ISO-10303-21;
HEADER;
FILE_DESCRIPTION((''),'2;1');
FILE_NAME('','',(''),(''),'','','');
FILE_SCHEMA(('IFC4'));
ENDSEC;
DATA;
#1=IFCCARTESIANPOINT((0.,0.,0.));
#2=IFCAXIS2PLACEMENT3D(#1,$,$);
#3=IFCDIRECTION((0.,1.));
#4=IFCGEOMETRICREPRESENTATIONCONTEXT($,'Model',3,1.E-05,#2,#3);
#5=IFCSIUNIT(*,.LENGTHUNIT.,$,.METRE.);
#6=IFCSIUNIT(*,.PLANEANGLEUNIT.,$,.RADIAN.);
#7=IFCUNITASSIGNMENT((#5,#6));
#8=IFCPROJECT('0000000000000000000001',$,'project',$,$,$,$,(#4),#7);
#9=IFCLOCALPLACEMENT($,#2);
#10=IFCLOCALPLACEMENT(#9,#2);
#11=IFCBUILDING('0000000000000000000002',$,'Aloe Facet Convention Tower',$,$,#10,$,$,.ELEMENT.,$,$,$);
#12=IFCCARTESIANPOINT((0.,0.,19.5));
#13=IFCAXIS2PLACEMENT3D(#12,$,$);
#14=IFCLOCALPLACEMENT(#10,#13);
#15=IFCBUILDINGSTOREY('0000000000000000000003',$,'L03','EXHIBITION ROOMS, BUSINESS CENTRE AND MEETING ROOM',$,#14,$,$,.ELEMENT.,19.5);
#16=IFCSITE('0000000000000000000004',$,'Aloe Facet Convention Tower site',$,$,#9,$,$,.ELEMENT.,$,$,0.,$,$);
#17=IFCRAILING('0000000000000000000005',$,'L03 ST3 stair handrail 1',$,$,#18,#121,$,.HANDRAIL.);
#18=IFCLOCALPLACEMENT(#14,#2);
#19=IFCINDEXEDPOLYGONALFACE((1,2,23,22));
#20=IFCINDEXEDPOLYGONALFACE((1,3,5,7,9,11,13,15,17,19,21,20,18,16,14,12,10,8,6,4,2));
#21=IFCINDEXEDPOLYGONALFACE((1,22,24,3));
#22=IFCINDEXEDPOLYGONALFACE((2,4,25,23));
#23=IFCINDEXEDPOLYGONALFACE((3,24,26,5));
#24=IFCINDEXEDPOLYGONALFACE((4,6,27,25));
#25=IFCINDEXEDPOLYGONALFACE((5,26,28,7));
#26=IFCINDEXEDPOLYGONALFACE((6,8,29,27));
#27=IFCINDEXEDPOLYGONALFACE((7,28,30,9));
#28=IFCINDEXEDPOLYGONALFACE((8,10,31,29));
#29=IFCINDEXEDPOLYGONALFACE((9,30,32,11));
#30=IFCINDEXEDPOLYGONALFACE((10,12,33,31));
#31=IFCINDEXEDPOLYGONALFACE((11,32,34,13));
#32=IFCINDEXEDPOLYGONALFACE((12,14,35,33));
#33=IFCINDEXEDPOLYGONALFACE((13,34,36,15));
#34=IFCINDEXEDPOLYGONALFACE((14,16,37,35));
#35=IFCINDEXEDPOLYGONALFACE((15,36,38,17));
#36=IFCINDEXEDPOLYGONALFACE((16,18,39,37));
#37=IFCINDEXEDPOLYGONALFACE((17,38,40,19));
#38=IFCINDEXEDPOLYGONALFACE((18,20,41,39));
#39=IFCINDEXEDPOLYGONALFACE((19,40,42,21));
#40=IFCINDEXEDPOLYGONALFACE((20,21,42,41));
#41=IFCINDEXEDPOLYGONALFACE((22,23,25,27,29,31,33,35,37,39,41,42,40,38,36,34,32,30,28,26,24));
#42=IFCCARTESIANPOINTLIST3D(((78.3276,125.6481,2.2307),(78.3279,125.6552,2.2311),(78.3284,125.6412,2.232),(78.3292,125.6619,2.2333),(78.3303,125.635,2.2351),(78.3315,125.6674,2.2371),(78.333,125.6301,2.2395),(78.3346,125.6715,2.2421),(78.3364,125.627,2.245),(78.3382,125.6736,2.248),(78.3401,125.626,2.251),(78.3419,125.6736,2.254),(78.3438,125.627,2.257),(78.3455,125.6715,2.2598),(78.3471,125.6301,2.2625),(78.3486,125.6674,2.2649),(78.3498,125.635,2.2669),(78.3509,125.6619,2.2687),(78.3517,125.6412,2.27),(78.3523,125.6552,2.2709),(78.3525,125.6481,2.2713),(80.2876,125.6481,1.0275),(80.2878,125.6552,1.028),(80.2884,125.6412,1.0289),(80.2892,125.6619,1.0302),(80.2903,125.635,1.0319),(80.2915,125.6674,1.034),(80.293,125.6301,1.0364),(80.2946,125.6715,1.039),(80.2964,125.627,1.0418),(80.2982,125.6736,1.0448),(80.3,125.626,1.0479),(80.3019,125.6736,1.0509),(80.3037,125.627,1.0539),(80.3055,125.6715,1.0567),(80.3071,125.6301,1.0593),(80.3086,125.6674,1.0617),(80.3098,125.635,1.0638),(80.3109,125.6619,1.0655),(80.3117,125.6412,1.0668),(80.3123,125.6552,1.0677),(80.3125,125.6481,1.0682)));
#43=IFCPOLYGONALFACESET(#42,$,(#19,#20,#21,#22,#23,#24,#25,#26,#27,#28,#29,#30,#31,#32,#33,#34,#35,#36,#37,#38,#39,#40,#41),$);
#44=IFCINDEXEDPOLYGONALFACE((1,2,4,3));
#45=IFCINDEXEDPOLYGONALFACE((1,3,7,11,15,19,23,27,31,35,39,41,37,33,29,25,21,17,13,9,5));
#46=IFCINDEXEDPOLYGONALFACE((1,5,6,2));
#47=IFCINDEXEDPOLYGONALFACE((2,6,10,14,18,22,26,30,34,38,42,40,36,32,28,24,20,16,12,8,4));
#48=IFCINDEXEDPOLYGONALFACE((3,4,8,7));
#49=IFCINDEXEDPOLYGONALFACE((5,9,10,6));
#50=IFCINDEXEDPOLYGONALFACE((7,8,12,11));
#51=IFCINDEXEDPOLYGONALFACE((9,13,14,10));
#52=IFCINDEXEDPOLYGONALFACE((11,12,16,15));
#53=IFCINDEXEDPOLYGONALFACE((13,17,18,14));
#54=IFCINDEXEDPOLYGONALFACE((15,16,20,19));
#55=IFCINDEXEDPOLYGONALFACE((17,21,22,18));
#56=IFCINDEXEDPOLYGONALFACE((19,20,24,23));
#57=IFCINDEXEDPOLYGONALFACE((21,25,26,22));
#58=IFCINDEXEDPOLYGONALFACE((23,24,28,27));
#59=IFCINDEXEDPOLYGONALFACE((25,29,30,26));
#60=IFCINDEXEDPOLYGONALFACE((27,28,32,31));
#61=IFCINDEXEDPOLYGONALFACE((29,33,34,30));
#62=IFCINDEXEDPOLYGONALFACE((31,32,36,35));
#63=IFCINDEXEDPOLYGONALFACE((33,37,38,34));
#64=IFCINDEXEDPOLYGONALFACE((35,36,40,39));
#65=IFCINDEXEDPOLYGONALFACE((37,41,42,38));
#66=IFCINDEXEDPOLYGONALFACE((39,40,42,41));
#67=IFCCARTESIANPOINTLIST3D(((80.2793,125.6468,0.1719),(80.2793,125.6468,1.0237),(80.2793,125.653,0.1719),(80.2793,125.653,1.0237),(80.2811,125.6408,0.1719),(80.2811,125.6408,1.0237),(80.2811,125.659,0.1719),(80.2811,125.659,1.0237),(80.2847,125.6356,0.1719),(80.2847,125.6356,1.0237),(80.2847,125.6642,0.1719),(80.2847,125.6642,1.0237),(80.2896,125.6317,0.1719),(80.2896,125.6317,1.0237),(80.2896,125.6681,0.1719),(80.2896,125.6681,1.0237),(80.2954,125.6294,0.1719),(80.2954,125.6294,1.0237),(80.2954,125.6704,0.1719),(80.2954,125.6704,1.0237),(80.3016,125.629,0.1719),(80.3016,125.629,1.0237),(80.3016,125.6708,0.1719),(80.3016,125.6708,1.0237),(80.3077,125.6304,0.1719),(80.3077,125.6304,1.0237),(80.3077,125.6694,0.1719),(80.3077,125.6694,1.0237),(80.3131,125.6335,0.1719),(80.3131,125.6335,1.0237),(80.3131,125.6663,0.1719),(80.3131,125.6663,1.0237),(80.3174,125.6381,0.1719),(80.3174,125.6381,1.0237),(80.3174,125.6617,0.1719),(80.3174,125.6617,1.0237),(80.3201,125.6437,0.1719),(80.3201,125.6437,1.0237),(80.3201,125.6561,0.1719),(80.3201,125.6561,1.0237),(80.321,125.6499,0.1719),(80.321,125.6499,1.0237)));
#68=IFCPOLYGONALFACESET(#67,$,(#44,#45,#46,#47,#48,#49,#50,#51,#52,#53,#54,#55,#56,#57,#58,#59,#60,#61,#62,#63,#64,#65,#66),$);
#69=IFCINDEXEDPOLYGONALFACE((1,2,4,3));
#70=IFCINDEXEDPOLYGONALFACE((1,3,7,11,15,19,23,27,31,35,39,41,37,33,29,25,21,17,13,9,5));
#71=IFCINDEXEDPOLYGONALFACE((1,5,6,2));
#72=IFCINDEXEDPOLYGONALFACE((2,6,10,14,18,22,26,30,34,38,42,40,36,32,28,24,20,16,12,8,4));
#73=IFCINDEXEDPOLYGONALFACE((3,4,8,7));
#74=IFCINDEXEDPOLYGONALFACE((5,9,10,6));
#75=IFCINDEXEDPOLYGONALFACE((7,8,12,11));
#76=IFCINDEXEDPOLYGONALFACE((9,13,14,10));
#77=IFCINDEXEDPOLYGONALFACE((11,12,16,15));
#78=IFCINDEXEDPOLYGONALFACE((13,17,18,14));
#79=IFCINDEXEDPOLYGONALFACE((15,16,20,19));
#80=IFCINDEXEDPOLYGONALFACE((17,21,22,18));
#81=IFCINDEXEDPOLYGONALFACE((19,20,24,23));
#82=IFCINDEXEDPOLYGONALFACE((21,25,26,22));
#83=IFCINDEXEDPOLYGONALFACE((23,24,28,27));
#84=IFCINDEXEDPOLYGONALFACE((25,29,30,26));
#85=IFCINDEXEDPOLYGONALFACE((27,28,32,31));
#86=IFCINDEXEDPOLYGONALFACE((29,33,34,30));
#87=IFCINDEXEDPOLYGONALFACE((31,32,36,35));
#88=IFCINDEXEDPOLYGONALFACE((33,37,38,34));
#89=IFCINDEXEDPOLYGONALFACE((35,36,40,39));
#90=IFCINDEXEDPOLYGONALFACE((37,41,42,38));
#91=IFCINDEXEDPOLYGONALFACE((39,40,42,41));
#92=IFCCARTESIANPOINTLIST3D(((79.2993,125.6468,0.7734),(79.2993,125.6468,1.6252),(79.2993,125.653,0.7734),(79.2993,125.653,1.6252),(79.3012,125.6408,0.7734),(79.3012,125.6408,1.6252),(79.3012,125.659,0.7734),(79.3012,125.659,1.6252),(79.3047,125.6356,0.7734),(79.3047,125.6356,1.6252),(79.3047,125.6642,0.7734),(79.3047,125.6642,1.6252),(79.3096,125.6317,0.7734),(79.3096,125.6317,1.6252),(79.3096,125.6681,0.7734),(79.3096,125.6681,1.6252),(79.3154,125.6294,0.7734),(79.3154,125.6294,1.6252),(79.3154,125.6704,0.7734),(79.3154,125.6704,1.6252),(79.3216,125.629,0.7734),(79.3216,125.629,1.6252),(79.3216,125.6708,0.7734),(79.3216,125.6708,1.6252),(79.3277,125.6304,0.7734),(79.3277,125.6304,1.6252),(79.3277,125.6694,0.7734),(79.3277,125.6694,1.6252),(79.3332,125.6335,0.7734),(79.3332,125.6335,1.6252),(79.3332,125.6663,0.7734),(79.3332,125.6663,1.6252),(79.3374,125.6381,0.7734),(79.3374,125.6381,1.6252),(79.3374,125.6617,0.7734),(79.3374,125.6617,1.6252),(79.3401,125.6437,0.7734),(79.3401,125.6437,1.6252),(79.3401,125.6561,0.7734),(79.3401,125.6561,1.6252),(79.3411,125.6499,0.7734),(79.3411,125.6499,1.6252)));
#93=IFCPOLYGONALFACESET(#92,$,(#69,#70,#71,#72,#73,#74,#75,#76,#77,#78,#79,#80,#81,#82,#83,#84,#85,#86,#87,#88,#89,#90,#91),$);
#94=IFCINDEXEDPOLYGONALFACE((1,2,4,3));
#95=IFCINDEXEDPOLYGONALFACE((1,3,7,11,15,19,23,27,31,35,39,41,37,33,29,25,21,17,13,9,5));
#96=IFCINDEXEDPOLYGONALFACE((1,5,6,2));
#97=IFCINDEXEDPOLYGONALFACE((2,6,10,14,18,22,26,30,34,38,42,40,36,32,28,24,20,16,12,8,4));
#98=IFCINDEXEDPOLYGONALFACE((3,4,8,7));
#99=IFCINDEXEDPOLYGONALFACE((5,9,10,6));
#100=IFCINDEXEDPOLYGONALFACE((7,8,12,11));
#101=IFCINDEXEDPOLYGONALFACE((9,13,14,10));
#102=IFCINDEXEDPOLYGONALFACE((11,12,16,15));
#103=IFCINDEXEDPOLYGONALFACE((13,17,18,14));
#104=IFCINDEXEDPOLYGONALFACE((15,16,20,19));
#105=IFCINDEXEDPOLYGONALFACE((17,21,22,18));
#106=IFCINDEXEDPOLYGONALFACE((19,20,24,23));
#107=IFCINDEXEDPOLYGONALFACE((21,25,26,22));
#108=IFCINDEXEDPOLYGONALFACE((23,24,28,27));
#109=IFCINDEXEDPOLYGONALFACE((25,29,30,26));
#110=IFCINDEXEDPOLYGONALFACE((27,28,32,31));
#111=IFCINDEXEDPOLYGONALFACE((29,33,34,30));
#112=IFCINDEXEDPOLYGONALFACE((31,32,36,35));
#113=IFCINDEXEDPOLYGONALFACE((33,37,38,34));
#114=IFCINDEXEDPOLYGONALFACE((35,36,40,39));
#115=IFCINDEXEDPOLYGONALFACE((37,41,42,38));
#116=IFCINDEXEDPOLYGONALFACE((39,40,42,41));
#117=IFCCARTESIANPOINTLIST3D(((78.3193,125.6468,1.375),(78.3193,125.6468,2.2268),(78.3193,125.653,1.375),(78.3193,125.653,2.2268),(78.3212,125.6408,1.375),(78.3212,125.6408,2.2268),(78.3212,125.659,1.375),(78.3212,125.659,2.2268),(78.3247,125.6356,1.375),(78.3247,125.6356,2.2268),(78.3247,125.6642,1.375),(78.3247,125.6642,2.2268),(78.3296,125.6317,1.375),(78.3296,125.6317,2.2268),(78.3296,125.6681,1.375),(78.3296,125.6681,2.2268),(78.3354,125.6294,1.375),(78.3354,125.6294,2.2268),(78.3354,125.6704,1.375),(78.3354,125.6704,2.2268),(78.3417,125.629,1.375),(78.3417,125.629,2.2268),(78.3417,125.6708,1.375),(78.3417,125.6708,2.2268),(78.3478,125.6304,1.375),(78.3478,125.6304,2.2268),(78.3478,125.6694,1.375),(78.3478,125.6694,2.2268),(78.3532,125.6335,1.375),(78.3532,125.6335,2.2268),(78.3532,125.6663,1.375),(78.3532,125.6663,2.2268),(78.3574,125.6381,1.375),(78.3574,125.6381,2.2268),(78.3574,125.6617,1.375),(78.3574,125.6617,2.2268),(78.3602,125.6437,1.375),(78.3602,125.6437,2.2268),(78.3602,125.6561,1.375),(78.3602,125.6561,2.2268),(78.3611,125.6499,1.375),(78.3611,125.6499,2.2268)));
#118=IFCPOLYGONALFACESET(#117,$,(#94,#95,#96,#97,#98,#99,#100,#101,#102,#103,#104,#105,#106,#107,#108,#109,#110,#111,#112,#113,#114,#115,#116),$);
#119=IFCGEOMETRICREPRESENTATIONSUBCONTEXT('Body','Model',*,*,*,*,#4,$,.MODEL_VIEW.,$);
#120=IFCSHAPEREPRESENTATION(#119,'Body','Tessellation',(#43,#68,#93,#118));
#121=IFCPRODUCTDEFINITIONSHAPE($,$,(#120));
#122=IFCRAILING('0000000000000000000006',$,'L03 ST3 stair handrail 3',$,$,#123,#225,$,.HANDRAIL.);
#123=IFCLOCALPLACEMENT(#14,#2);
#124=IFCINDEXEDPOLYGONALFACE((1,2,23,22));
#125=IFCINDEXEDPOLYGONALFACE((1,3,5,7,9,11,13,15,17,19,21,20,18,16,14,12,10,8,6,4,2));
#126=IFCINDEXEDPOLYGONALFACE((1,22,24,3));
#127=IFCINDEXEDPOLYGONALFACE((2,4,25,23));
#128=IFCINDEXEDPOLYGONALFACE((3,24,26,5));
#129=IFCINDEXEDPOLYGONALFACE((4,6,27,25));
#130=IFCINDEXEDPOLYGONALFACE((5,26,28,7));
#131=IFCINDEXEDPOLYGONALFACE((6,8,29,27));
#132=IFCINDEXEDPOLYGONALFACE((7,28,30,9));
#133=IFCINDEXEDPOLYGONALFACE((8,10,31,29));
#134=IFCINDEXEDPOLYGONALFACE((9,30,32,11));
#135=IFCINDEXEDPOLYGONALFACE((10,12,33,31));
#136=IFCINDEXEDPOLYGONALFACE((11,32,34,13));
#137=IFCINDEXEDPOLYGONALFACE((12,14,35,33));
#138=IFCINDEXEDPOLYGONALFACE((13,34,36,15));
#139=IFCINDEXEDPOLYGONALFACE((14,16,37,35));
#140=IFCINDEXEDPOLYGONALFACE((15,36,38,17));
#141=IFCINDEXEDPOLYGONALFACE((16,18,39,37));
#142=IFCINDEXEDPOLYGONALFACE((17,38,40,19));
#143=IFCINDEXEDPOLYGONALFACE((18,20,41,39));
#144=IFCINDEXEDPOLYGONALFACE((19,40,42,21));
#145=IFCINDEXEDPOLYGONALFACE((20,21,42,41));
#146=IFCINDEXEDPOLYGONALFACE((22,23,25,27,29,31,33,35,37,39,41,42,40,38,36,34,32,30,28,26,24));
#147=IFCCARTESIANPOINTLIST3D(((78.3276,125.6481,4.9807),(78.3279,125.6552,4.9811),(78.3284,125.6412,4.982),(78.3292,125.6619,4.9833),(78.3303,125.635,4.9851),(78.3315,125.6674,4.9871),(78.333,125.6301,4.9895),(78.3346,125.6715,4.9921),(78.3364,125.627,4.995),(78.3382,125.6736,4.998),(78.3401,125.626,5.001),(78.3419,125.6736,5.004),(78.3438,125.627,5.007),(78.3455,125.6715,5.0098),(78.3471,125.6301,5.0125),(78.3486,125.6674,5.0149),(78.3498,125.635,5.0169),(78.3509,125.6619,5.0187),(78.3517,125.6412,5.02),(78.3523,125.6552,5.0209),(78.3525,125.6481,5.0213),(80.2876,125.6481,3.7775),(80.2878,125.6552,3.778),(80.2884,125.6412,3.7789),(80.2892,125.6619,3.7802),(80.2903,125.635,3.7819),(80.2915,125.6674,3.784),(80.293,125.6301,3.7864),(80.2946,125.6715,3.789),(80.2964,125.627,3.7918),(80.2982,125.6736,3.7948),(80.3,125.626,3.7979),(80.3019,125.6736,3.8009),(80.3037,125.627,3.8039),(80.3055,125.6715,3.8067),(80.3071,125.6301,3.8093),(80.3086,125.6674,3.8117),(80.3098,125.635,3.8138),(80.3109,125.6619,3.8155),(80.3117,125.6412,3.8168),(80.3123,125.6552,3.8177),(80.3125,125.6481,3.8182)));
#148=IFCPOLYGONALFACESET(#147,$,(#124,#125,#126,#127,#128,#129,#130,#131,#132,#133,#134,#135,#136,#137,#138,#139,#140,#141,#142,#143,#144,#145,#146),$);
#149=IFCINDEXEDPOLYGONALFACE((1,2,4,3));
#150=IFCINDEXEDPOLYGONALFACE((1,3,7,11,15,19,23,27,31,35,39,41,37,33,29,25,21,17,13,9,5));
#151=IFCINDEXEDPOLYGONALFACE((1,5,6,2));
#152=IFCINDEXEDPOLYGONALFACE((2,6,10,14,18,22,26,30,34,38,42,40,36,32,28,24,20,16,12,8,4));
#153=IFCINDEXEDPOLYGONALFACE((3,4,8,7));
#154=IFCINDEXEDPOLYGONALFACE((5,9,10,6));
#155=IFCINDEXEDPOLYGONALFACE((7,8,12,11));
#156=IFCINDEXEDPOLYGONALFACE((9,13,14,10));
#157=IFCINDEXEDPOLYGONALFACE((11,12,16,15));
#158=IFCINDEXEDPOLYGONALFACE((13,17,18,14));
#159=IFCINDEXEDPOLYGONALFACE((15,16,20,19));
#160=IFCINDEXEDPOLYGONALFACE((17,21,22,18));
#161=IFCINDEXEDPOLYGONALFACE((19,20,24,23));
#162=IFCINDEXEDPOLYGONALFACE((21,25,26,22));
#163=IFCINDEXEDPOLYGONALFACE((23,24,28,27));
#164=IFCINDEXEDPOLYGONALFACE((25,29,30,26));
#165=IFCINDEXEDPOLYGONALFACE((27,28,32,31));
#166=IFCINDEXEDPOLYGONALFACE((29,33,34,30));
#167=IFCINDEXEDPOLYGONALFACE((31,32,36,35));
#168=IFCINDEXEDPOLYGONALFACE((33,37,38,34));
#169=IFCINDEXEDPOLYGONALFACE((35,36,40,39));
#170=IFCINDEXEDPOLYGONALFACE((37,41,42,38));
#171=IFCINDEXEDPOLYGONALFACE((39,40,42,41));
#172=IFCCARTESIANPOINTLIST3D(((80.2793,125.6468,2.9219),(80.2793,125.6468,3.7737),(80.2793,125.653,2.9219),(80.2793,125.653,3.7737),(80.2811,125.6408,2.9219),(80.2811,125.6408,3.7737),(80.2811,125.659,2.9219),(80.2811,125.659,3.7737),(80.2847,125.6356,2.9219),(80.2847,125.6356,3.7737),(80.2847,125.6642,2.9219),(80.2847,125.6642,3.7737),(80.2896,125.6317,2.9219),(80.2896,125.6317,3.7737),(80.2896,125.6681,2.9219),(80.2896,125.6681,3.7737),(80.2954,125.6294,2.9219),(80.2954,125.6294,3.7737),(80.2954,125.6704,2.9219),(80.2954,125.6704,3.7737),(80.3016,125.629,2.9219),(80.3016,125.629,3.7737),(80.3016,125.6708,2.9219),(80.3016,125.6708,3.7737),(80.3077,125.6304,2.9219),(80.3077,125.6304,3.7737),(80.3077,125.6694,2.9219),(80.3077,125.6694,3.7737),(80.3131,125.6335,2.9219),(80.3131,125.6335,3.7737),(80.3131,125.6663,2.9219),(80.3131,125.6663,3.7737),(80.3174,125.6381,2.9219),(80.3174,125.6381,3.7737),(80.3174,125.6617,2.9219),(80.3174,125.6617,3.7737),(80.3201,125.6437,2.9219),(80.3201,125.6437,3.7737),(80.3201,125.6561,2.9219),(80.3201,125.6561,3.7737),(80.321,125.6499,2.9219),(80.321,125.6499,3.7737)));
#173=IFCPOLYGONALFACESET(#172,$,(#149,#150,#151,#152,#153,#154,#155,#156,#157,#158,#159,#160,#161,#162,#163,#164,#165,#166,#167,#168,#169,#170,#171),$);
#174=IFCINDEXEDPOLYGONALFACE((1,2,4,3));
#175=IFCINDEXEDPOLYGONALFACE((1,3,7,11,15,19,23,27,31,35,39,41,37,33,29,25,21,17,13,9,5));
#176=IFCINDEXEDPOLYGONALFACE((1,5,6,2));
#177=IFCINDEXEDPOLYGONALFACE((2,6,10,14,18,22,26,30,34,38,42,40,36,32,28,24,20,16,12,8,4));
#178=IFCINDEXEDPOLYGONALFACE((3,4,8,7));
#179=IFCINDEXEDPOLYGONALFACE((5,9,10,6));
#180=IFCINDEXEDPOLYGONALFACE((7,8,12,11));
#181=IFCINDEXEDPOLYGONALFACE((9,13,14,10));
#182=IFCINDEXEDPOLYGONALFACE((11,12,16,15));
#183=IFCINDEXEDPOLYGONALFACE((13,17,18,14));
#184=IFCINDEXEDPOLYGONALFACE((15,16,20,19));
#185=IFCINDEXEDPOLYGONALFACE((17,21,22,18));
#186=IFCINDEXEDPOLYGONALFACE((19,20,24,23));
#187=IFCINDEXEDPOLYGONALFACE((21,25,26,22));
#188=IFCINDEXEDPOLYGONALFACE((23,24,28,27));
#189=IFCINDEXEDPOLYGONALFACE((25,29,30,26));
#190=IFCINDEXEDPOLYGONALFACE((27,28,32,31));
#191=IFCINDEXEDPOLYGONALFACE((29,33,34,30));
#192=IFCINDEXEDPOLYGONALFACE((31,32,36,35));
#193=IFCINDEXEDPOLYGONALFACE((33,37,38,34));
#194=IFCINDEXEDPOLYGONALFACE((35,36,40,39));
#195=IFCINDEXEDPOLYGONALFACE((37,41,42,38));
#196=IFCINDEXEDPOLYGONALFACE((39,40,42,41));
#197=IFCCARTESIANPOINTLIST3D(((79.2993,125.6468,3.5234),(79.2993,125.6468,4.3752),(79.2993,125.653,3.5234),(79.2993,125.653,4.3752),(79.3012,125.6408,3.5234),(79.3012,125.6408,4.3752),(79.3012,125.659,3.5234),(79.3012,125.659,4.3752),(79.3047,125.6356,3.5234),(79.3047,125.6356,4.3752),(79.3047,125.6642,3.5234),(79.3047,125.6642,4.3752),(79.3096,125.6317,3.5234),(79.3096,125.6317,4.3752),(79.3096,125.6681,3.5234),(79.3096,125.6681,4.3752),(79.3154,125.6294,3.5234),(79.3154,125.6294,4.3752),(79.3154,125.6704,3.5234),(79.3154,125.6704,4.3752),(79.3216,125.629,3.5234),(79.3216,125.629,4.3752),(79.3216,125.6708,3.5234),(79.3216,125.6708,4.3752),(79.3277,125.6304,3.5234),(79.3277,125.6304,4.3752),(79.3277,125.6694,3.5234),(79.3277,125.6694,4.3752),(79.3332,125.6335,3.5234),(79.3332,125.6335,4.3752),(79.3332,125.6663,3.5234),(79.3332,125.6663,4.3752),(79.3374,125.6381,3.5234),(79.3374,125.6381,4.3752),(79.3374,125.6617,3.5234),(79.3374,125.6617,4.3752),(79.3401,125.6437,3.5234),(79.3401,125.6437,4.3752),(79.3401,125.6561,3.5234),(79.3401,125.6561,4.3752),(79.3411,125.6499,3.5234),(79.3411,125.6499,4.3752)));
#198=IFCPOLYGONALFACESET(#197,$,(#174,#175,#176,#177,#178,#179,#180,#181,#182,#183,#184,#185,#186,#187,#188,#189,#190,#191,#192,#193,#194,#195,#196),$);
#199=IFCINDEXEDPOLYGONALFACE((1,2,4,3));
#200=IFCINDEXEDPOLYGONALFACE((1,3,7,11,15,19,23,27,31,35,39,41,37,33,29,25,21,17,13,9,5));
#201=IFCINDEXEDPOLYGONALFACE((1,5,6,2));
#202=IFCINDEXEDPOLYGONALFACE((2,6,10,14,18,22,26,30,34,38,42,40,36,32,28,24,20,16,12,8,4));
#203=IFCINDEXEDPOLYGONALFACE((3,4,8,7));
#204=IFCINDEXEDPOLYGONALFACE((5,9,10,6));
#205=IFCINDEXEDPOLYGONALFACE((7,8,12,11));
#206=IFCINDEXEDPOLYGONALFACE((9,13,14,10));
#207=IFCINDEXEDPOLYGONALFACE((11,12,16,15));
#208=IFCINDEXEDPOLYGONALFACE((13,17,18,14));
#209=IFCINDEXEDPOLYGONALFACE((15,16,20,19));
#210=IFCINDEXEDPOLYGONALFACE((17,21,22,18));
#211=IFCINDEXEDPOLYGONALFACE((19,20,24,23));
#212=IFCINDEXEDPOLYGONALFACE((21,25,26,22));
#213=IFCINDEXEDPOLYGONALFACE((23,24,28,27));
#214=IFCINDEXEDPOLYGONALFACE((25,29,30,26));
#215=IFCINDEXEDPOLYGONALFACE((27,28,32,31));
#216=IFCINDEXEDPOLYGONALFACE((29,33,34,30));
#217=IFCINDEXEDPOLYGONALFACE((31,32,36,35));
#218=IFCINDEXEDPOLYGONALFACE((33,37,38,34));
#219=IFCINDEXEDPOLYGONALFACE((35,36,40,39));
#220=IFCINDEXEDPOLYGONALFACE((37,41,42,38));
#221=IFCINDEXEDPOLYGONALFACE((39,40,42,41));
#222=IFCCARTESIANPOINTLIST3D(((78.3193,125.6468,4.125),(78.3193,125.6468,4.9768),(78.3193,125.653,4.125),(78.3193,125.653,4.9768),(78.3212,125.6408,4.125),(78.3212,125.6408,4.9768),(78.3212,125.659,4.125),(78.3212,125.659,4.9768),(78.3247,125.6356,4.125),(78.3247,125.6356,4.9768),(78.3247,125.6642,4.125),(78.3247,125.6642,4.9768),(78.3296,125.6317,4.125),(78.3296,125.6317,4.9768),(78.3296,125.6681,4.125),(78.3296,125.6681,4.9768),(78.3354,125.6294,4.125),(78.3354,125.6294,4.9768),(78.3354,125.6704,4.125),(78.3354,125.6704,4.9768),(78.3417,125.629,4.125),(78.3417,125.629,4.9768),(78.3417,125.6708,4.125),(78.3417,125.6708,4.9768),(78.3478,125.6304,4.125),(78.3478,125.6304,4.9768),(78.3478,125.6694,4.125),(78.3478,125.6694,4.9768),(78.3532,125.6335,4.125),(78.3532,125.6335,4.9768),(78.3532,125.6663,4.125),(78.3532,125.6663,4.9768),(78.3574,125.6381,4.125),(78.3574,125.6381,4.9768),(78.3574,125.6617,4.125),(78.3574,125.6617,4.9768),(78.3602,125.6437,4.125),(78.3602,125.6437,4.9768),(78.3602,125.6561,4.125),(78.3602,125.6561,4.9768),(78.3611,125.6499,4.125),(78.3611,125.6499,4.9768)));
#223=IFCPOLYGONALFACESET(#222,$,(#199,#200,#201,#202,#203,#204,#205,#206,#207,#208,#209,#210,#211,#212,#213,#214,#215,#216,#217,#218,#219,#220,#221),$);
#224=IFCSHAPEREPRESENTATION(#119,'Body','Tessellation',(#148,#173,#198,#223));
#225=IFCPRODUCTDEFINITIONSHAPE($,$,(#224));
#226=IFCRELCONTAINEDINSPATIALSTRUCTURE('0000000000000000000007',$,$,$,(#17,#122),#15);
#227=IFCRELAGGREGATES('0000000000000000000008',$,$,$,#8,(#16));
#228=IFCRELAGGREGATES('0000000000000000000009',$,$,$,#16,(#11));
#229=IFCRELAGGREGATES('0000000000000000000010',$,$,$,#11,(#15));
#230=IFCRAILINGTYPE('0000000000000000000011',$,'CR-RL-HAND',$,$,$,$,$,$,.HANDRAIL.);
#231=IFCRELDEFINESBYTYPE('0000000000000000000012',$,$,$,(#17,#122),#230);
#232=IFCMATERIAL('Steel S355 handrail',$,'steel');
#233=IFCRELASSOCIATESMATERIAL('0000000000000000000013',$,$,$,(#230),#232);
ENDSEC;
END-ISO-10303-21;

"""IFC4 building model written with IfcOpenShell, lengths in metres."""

from ifc_helpers import new_model, si_unit, direction, frame, origin, origin_2d, place, context, subcontext, project, spatial, circle, extrude, material, type_object, element, save


model = new_model("IFC4")

# Units and contexts
model_context = context("Model", 3, precision=1e-05, world=origin(), true_north=direction((0.0, 1.0)))
body_context = subcontext(model_context, "Body", "Model", "MODEL_VIEW")
ifc_project = project(units=[si_unit("LENGTHUNIT", "METRE"), si_unit("PLANEANGLEUNIT", "RADIAN")], contexts=[model_context])

# Site, building, storey
site_placement = place(None, origin())
site = spatial("IfcSite", under=ifc_project, at=site_placement, Name="Aloe Facet Convention Tower site", CompositionType="ELEMENT", RefElevation=0.0)
building_placement = place(site_placement, origin())
building = spatial("IfcBuilding", under=site, at=building_placement, Name="Aloe Facet Convention Tower", CompositionType="ELEMENT")
storey_placement = place(building_placement, frame((0.0, 0.0, 19.5)))
storey = spatial("IfcBuildingStorey", under=building, at=storey_placement, Name="L03", Description="EXHIBITION ROOMS, BUSINESS CENTRE AND MEETING ROOM", CompositionType="ELEMENT", Elevation=19.5)

# Railings
ifc_material_1 = material(Name="Steel S355 handrail", Category="steel")
railing_type_1 = type_object("IfcRailingType", Name="CR-RL-HAND", PredefinedType="HANDRAIL", material=ifc_material_1)
for number, where, name in (
    (1, (80.3, 125.6499, 0.1719), "L03 ST3 stair handrail 1"),
    (2, (80.3, 125.6499, 2.9219), "L03 ST3 stair handrail 3"),
):
    element("IfcRailing", number, at=place(storey_placement, frame(where)), inside=storey, type_object=railing_type_1, Name=name, PredefinedType="HANDRAIL", context=body_context, shape_type="SweptSolid", body=[
        extrude(circle(Radius=0.0239, at=origin_2d()), frame((0.0, 0.0, 0.876), z_axis=(-0.852241, 0.0, 0.523149), x_axis=(0.0, -1.0, 0.0)), (0.0, 0.0, 1.0), 2.2998),
        extrude(circle(Radius=0.021, at=origin_2d()), origin(), (0.0, 0.0, 1.0), 0.8518),
        extrude(circle(Radius=0.021, at=origin_2d()), frame((-0.98, 0.0, 0.6016)), (0.0, 0.0, 1.0), 0.8518),
        extrude(circle(Radius=0.021, at=origin_2d()), frame((-1.96, 0.0, 1.2031)), (0.0, 0.0, 1.0), 0.8518),
    ])

save(model, "model.ifc")
